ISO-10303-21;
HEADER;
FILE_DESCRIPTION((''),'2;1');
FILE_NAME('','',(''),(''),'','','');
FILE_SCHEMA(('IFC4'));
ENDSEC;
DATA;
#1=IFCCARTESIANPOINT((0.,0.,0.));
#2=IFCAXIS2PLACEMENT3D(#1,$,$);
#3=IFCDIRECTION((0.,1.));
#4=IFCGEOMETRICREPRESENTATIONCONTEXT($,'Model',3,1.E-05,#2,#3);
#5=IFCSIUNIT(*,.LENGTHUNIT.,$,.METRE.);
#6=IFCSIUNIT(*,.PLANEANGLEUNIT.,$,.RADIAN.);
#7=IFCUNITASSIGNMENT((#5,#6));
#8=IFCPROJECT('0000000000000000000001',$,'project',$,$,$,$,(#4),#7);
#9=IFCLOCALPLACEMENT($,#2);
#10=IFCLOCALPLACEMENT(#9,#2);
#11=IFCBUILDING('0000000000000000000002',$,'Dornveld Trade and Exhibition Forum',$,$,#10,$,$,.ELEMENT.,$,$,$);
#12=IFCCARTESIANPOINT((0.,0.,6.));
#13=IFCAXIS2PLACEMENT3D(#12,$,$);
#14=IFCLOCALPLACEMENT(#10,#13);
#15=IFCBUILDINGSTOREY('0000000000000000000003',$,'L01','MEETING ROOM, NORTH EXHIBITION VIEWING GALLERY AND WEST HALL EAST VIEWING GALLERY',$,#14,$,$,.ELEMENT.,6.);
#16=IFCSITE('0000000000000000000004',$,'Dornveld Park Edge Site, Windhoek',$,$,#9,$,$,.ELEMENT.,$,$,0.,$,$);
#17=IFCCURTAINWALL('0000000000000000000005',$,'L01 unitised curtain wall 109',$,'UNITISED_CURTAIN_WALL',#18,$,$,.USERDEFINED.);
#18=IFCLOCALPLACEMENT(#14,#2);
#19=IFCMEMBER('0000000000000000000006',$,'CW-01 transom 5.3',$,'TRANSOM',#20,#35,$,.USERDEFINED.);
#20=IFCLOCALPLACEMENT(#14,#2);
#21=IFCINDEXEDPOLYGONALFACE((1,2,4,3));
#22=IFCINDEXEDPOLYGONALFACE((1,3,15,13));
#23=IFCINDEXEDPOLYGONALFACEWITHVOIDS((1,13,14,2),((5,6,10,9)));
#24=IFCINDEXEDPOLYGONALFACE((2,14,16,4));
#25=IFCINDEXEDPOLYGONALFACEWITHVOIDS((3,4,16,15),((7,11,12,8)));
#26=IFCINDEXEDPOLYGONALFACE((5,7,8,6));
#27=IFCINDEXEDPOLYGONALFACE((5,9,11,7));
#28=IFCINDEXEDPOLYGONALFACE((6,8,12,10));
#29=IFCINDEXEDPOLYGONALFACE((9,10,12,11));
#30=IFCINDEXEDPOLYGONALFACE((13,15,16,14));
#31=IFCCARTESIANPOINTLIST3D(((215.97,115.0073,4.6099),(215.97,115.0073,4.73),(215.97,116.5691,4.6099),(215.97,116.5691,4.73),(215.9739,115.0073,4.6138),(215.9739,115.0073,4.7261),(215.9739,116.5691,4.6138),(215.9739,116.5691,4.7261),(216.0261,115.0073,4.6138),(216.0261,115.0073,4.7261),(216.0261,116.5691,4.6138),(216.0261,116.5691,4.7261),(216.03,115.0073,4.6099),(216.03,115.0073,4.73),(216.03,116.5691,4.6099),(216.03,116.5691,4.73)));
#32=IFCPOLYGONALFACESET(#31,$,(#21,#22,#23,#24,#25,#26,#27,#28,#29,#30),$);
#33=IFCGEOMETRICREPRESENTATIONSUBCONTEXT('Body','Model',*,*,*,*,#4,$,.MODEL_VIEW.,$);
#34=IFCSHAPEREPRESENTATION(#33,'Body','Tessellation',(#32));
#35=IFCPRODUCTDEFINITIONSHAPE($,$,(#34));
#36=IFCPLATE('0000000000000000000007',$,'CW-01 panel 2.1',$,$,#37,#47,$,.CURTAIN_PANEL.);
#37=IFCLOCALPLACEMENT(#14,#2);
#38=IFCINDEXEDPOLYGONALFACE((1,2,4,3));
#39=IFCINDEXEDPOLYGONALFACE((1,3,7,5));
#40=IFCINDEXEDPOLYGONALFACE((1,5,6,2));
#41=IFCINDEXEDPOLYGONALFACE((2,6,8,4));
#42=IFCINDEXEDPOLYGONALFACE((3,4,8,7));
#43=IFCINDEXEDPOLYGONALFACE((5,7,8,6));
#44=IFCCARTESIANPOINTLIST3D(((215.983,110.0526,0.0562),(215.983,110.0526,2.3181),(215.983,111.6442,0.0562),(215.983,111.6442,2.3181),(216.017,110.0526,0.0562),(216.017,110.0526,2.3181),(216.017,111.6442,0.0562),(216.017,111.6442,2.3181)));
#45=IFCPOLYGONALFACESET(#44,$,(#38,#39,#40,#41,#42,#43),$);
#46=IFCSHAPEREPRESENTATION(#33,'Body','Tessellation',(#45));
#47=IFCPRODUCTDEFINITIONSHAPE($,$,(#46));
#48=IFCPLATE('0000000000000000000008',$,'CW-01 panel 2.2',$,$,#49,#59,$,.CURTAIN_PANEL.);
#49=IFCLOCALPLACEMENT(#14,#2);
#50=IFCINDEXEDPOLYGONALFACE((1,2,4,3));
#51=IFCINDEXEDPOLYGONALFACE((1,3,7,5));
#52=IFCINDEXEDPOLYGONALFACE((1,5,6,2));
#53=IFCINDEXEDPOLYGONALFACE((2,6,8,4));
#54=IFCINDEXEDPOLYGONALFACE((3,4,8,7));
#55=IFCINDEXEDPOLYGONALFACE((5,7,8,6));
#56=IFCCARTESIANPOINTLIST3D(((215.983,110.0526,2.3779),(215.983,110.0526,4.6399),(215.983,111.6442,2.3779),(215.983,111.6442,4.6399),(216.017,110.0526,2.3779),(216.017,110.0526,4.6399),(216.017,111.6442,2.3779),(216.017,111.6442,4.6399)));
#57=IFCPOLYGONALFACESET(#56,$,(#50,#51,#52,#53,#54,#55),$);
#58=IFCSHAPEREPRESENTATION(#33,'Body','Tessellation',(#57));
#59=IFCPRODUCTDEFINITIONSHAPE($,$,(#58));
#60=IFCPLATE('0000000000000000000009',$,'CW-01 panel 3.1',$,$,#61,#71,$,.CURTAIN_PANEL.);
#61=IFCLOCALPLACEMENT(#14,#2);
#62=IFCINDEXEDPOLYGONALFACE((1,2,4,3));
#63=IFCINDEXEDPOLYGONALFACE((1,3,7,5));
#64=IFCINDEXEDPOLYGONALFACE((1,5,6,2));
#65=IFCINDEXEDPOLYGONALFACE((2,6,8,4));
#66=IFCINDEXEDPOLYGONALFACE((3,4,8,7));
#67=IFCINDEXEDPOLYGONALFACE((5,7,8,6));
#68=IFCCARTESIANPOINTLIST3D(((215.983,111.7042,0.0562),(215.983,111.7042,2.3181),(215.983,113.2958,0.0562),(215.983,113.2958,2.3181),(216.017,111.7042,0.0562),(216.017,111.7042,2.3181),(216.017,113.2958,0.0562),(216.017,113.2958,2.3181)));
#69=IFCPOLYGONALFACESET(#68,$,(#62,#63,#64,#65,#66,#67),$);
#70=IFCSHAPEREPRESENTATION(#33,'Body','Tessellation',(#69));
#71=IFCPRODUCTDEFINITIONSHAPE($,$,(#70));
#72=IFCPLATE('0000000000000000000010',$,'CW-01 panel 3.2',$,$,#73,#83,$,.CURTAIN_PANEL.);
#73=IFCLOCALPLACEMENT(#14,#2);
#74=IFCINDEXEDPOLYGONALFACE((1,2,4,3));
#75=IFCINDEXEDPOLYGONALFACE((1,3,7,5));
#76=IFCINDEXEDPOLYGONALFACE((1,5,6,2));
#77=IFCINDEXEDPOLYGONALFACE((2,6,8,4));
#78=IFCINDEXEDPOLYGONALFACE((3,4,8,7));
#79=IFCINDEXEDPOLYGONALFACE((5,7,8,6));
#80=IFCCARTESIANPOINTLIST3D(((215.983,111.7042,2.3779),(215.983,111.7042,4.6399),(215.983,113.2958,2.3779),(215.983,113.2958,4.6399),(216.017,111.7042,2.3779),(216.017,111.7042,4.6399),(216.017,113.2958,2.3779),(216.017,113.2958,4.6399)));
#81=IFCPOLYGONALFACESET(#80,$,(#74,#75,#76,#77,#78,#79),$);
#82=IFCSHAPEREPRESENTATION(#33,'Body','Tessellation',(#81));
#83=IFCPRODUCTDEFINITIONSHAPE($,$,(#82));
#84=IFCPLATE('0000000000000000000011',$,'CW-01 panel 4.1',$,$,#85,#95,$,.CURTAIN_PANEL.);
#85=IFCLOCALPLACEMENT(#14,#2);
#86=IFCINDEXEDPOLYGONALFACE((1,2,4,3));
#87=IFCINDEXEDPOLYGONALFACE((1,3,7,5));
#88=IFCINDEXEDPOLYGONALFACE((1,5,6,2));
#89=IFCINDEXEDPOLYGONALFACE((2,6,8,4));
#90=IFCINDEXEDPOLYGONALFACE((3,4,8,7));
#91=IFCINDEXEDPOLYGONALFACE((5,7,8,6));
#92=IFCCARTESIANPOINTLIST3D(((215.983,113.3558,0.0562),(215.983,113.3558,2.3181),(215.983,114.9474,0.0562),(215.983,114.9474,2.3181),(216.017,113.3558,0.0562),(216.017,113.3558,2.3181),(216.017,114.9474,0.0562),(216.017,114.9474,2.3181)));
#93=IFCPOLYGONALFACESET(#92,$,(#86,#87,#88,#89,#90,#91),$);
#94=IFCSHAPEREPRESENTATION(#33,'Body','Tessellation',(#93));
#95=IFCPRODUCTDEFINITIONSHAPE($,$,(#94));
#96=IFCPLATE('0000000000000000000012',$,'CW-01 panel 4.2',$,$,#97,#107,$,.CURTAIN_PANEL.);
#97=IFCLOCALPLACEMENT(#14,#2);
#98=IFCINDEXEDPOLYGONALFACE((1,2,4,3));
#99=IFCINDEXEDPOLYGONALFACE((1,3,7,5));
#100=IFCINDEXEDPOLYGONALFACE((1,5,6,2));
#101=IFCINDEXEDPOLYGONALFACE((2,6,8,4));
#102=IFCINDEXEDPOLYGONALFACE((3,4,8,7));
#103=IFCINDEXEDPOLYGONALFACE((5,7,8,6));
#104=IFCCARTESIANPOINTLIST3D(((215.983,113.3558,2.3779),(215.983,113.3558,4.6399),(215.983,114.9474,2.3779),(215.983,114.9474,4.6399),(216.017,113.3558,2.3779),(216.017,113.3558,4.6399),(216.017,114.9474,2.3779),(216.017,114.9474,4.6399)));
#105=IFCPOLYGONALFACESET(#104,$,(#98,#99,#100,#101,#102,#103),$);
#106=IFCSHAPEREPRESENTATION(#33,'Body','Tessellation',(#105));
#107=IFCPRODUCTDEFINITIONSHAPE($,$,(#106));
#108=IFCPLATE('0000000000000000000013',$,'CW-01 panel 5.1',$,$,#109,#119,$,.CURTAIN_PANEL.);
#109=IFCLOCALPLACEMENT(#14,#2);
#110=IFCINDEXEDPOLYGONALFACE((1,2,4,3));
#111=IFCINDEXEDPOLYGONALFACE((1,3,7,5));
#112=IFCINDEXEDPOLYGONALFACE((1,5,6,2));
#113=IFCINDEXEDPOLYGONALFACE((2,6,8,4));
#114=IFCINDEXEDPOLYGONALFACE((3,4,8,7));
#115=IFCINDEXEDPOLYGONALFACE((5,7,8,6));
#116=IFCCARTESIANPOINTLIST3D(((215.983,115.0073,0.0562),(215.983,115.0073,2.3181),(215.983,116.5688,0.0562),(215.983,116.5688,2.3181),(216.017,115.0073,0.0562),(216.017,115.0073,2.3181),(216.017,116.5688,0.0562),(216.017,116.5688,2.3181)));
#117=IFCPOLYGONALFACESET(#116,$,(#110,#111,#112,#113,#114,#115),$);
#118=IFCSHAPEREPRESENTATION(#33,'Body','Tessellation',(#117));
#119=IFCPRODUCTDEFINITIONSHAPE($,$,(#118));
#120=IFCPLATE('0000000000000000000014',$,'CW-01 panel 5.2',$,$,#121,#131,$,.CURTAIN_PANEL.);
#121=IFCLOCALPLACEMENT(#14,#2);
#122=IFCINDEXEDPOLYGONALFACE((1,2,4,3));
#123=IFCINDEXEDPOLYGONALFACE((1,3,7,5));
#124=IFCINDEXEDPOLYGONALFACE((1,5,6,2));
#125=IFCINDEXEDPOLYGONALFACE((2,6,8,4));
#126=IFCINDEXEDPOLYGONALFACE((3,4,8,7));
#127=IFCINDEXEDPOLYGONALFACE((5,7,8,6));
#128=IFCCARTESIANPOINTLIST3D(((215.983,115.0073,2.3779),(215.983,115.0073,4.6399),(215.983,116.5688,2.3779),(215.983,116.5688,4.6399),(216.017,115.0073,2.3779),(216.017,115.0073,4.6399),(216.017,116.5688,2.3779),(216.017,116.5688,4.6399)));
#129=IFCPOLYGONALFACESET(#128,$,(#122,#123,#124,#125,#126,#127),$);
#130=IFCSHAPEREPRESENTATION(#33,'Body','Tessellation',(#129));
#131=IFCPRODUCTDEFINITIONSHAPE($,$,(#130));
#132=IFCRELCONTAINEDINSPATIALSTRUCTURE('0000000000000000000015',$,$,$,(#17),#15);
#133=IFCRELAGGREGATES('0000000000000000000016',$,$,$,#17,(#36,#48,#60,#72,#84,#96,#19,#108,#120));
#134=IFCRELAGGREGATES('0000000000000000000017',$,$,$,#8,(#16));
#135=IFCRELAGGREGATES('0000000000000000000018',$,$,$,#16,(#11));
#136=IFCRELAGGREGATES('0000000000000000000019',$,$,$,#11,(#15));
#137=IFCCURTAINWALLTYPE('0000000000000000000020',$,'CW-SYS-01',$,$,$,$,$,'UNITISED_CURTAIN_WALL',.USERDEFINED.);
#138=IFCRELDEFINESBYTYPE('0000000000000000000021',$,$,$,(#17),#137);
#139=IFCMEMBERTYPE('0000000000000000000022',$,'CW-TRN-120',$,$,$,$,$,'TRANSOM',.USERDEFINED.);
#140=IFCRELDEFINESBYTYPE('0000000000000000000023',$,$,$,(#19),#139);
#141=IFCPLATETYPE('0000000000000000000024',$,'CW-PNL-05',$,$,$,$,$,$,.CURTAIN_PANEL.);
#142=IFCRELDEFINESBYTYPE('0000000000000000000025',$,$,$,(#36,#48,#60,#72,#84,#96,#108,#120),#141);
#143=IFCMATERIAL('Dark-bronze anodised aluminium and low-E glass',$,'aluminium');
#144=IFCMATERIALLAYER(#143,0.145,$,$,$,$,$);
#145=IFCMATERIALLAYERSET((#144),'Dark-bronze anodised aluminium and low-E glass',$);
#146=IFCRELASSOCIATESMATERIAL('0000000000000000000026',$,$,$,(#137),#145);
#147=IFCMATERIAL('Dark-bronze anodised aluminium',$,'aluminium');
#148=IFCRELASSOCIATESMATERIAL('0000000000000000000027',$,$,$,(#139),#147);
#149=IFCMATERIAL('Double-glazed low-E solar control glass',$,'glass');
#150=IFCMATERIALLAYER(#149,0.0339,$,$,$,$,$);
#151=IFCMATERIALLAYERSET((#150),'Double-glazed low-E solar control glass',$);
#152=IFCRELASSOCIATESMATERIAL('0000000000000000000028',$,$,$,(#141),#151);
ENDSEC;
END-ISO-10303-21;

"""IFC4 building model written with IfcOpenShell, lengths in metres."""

from ifc_helpers import new_model, si_unit, direction, frame, origin, origin_2d, place, context, subcontext, project, spatial, rectangle, hollow_rectangle, extrude, material, layer, layer_set, material_profile, profile_set, type_object, element, aggregate, save


model = new_model("IFC4")

# Units and contexts
model_context = context("Model", 3, precision=1e-05, world=origin(), true_north=direction((0.0, 1.0)))
body_context = subcontext(model_context, "Body", "Model", "MODEL_VIEW")
ifc_project = project(units=[si_unit("LENGTHUNIT", "METRE"), si_unit("PLANEANGLEUNIT", "RADIAN")], contexts=[model_context])

# Site, building, storey
site_placement = place(None, origin())
site = spatial("IfcSite", under=ifc_project, at=site_placement, Name="Dornveld Park Edge Site, Windhoek", CompositionType="ELEMENT", RefElevation=0.0)
building_placement = place(site_placement, origin())
building = spatial("IfcBuilding", under=site, at=building_placement, Name="Dornveld Trade and Exhibition Forum", CompositionType="ELEMENT")
storey_placement = place(building_placement, frame((0.0, 0.0, 6.0)))
storey = spatial("IfcBuildingStorey", under=building, at=storey_placement, Name="L01", Description="MEETING ROOM, NORTH EXHIBITION VIEWING GALLERY AND WEST HALL EAST VIEWING GALLERY", CompositionType="ELEMENT", Elevation=6.0)

# Curtain wall, member, plates
ifc_material_1 = material(Name="Dark-bronze anodised aluminium and low-E glass", Category="aluminium")
ifc_layer_1 = layer(ifc_material_1, 0.145)
ifc_layer_set_1 = layer_set([ifc_layer_1], Name="Dark-bronze anodised aluminium and low-E glass")
curtain_wall_type = type_object("IfcCurtainWallType", Name="CW-SYS-01", ElementType="UNITISED_CURTAIN_WALL", PredefinedType="USERDEFINED", material=ifc_layer_set_1)
curtain_wall_placement = place(storey_placement, origin())
curtain_wall = element("IfcCurtainWall", 1, at=curtain_wall_placement, inside=storey, type_object=curtain_wall_type, Name="L01 unitised curtain wall 109", ObjectType="UNITISED_CURTAIN_WALL", PredefinedType="USERDEFINED")
ifc_material_2 = material(Name="Dark-bronze anodised aluminium", Category="aluminium")
ifc_material_profile_1 = material_profile(ifc_material_2, hollow_rectangle(XDim=0.0601, YDim=0.1201, WallThickness=0.0039, at=origin_2d()), Name="RHS 120x60x4")
ifc_profile_set_1 = profile_set([ifc_material_profile_1], Name="Dark-bronze anodised aluminium")
member_type_1 = type_object("IfcMemberType", Name="CW-TRN-120", ElementType="TRANSOM", PredefinedType="USERDEFINED", material=ifc_profile_set_1)
member_1_placement = place(storey_placement, frame((216.0, 115.0073, 4.6699), z_axis=(0.0, 1.0, 0.0), x_axis=(-1.0, 0.0, 0.0)))
member_1 = element("IfcMember", 2, at=member_1_placement, type_object=member_type_1, Name="CW-01 transom 5.3", ObjectType="TRANSOM", PredefinedType="USERDEFINED", context=body_context, shape_type="SweptSolid", body=[
    extrude(hollow_rectangle(XDim=0.0601, YDim=0.1201, WallThickness=0.0039, at=origin_2d()), origin(), (0.0, 0.0, 1.0), 1.5618),
])
ifc_material_3 = material(Name="Double-glazed low-E solar control glass", Category="glass")
ifc_layer_2 = layer(ifc_material_3, 0.0339)
ifc_layer_set_2 = layer_set([ifc_layer_2], Name="Double-glazed low-E solar control glass")
plate_type = type_object("IfcPlateType", Name="CW-PNL-05", PredefinedType="CURTAIN_PANEL", material=ifc_layer_set_2)
plate_1_placement = place(storey_placement, frame((216.0, 110.8484, 0.0562), z_axis=(0.0, 0.0, 1.0), x_axis=(0.0, 1.0, 0.0)))
plate_1 = element("IfcPlate", 3, at=plate_1_placement, type_object=plate_type, Name="CW-01 panel 2.1", PredefinedType="CURTAIN_PANEL", context=body_context, shape_type="SweptSolid", body=[
    extrude(rectangle(XDim=1.5916, YDim=0.0339, at=origin_2d()), origin(), (0.0, 0.0, 1.0), 2.262),
])
plate_2_placement = place(storey_placement, frame((216.0, 110.8484, 2.3779), z_axis=(0.0, 0.0, 1.0), x_axis=(0.0, 1.0, 0.0)))
plate_2 = element("IfcPlate", 4, at=plate_2_placement, type_object=plate_type, Name="CW-01 panel 2.2", PredefinedType="CURTAIN_PANEL", context=body_context, shape_type="SweptSolid", body=[
    extrude(rectangle(XDim=1.5916, YDim=0.0339, at=origin_2d()), origin(), (0.0, 0.0, 1.0), 2.262),
])
plate_3_placement = place(storey_placement, frame((216.0, 112.5, 0.0562), z_axis=(0.0, 0.0, 1.0), x_axis=(0.0, 1.0, 0.0)))
plate_3 = element("IfcPlate", 5, at=plate_3_placement, type_object=plate_type, Name="CW-01 panel 3.1", PredefinedType="CURTAIN_PANEL", context=body_context, shape_type="SweptSolid", body=[
    extrude(rectangle(XDim=1.5916, YDim=0.0339, at=origin_2d()), origin(), (0.0, 0.0, 1.0), 2.262),
])
plate_4_placement = place(storey_placement, frame((216.0, 112.5, 2.3779), z_axis=(0.0, 0.0, 1.0), x_axis=(0.0, 1.0, 0.0)))
plate_4 = element("IfcPlate", 6, at=plate_4_placement, type_object=plate_type, Name="CW-01 panel 3.2", PredefinedType="CURTAIN_PANEL", context=body_context, shape_type="SweptSolid", body=[
    extrude(rectangle(XDim=1.5916, YDim=0.0339, at=origin_2d()), origin(), (0.0, 0.0, 1.0), 2.262),
])
plate_5_placement = place(storey_placement, frame((216.0, 114.1516, 0.0562), z_axis=(0.0, 0.0, 1.0), x_axis=(0.0, 1.0, 0.0)))
plate_5 = element("IfcPlate", 7, at=plate_5_placement, type_object=plate_type, Name="CW-01 panel 4.1", PredefinedType="CURTAIN_PANEL", context=body_context, shape_type="SweptSolid", body=[
    extrude(rectangle(XDim=1.5916, YDim=0.0339, at=origin_2d()), origin(), (0.0, 0.0, 1.0), 2.262),
])
plate_6_placement = place(storey_placement, frame((216.0, 114.1516, 2.3779), z_axis=(0.0, 0.0, 1.0), x_axis=(0.0, 1.0, 0.0)))
plate_6 = element("IfcPlate", 8, at=plate_6_placement, type_object=plate_type, Name="CW-01 panel 4.2", PredefinedType="CURTAIN_PANEL", context=body_context, shape_type="SweptSolid", body=[
    extrude(rectangle(XDim=1.5916, YDim=0.0339, at=origin_2d()), origin(), (0.0, 0.0, 1.0), 2.262),
])
plate_7_placement = place(storey_placement, frame((216.0, 115.7881, 0.0562), z_axis=(0.0, 0.0, 1.0), x_axis=(0.0, 1.0, 0.0)))
plate_7 = element("IfcPlate", 9, at=plate_7_placement, type_object=plate_type, Name="CW-01 panel 5.1", PredefinedType="CURTAIN_PANEL", context=body_context, shape_type="SweptSolid", body=[
    extrude(rectangle(XDim=1.5615, YDim=0.0339, at=origin_2d()), origin(), (0.0, 0.0, 1.0), 2.262),
])
plate_8_placement = place(storey_placement, frame((216.0, 115.7881, 2.3779), z_axis=(0.0, 0.0, 1.0), x_axis=(0.0, 1.0, 0.0)))
plate_8 = element("IfcPlate", 10, at=plate_8_placement, type_object=plate_type, Name="CW-01 panel 5.2", PredefinedType="CURTAIN_PANEL", context=body_context, shape_type="SweptSolid", body=[
    extrude(rectangle(XDim=1.5615, YDim=0.0339, at=origin_2d()), origin(), (0.0, 0.0, 1.0), 2.262),
])
aggregate(curtain_wall, [plate_1, plate_2, plate_3, plate_4, plate_5, plate_6, member_1, plate_7, plate_8])

save(model, "model.ifc")
